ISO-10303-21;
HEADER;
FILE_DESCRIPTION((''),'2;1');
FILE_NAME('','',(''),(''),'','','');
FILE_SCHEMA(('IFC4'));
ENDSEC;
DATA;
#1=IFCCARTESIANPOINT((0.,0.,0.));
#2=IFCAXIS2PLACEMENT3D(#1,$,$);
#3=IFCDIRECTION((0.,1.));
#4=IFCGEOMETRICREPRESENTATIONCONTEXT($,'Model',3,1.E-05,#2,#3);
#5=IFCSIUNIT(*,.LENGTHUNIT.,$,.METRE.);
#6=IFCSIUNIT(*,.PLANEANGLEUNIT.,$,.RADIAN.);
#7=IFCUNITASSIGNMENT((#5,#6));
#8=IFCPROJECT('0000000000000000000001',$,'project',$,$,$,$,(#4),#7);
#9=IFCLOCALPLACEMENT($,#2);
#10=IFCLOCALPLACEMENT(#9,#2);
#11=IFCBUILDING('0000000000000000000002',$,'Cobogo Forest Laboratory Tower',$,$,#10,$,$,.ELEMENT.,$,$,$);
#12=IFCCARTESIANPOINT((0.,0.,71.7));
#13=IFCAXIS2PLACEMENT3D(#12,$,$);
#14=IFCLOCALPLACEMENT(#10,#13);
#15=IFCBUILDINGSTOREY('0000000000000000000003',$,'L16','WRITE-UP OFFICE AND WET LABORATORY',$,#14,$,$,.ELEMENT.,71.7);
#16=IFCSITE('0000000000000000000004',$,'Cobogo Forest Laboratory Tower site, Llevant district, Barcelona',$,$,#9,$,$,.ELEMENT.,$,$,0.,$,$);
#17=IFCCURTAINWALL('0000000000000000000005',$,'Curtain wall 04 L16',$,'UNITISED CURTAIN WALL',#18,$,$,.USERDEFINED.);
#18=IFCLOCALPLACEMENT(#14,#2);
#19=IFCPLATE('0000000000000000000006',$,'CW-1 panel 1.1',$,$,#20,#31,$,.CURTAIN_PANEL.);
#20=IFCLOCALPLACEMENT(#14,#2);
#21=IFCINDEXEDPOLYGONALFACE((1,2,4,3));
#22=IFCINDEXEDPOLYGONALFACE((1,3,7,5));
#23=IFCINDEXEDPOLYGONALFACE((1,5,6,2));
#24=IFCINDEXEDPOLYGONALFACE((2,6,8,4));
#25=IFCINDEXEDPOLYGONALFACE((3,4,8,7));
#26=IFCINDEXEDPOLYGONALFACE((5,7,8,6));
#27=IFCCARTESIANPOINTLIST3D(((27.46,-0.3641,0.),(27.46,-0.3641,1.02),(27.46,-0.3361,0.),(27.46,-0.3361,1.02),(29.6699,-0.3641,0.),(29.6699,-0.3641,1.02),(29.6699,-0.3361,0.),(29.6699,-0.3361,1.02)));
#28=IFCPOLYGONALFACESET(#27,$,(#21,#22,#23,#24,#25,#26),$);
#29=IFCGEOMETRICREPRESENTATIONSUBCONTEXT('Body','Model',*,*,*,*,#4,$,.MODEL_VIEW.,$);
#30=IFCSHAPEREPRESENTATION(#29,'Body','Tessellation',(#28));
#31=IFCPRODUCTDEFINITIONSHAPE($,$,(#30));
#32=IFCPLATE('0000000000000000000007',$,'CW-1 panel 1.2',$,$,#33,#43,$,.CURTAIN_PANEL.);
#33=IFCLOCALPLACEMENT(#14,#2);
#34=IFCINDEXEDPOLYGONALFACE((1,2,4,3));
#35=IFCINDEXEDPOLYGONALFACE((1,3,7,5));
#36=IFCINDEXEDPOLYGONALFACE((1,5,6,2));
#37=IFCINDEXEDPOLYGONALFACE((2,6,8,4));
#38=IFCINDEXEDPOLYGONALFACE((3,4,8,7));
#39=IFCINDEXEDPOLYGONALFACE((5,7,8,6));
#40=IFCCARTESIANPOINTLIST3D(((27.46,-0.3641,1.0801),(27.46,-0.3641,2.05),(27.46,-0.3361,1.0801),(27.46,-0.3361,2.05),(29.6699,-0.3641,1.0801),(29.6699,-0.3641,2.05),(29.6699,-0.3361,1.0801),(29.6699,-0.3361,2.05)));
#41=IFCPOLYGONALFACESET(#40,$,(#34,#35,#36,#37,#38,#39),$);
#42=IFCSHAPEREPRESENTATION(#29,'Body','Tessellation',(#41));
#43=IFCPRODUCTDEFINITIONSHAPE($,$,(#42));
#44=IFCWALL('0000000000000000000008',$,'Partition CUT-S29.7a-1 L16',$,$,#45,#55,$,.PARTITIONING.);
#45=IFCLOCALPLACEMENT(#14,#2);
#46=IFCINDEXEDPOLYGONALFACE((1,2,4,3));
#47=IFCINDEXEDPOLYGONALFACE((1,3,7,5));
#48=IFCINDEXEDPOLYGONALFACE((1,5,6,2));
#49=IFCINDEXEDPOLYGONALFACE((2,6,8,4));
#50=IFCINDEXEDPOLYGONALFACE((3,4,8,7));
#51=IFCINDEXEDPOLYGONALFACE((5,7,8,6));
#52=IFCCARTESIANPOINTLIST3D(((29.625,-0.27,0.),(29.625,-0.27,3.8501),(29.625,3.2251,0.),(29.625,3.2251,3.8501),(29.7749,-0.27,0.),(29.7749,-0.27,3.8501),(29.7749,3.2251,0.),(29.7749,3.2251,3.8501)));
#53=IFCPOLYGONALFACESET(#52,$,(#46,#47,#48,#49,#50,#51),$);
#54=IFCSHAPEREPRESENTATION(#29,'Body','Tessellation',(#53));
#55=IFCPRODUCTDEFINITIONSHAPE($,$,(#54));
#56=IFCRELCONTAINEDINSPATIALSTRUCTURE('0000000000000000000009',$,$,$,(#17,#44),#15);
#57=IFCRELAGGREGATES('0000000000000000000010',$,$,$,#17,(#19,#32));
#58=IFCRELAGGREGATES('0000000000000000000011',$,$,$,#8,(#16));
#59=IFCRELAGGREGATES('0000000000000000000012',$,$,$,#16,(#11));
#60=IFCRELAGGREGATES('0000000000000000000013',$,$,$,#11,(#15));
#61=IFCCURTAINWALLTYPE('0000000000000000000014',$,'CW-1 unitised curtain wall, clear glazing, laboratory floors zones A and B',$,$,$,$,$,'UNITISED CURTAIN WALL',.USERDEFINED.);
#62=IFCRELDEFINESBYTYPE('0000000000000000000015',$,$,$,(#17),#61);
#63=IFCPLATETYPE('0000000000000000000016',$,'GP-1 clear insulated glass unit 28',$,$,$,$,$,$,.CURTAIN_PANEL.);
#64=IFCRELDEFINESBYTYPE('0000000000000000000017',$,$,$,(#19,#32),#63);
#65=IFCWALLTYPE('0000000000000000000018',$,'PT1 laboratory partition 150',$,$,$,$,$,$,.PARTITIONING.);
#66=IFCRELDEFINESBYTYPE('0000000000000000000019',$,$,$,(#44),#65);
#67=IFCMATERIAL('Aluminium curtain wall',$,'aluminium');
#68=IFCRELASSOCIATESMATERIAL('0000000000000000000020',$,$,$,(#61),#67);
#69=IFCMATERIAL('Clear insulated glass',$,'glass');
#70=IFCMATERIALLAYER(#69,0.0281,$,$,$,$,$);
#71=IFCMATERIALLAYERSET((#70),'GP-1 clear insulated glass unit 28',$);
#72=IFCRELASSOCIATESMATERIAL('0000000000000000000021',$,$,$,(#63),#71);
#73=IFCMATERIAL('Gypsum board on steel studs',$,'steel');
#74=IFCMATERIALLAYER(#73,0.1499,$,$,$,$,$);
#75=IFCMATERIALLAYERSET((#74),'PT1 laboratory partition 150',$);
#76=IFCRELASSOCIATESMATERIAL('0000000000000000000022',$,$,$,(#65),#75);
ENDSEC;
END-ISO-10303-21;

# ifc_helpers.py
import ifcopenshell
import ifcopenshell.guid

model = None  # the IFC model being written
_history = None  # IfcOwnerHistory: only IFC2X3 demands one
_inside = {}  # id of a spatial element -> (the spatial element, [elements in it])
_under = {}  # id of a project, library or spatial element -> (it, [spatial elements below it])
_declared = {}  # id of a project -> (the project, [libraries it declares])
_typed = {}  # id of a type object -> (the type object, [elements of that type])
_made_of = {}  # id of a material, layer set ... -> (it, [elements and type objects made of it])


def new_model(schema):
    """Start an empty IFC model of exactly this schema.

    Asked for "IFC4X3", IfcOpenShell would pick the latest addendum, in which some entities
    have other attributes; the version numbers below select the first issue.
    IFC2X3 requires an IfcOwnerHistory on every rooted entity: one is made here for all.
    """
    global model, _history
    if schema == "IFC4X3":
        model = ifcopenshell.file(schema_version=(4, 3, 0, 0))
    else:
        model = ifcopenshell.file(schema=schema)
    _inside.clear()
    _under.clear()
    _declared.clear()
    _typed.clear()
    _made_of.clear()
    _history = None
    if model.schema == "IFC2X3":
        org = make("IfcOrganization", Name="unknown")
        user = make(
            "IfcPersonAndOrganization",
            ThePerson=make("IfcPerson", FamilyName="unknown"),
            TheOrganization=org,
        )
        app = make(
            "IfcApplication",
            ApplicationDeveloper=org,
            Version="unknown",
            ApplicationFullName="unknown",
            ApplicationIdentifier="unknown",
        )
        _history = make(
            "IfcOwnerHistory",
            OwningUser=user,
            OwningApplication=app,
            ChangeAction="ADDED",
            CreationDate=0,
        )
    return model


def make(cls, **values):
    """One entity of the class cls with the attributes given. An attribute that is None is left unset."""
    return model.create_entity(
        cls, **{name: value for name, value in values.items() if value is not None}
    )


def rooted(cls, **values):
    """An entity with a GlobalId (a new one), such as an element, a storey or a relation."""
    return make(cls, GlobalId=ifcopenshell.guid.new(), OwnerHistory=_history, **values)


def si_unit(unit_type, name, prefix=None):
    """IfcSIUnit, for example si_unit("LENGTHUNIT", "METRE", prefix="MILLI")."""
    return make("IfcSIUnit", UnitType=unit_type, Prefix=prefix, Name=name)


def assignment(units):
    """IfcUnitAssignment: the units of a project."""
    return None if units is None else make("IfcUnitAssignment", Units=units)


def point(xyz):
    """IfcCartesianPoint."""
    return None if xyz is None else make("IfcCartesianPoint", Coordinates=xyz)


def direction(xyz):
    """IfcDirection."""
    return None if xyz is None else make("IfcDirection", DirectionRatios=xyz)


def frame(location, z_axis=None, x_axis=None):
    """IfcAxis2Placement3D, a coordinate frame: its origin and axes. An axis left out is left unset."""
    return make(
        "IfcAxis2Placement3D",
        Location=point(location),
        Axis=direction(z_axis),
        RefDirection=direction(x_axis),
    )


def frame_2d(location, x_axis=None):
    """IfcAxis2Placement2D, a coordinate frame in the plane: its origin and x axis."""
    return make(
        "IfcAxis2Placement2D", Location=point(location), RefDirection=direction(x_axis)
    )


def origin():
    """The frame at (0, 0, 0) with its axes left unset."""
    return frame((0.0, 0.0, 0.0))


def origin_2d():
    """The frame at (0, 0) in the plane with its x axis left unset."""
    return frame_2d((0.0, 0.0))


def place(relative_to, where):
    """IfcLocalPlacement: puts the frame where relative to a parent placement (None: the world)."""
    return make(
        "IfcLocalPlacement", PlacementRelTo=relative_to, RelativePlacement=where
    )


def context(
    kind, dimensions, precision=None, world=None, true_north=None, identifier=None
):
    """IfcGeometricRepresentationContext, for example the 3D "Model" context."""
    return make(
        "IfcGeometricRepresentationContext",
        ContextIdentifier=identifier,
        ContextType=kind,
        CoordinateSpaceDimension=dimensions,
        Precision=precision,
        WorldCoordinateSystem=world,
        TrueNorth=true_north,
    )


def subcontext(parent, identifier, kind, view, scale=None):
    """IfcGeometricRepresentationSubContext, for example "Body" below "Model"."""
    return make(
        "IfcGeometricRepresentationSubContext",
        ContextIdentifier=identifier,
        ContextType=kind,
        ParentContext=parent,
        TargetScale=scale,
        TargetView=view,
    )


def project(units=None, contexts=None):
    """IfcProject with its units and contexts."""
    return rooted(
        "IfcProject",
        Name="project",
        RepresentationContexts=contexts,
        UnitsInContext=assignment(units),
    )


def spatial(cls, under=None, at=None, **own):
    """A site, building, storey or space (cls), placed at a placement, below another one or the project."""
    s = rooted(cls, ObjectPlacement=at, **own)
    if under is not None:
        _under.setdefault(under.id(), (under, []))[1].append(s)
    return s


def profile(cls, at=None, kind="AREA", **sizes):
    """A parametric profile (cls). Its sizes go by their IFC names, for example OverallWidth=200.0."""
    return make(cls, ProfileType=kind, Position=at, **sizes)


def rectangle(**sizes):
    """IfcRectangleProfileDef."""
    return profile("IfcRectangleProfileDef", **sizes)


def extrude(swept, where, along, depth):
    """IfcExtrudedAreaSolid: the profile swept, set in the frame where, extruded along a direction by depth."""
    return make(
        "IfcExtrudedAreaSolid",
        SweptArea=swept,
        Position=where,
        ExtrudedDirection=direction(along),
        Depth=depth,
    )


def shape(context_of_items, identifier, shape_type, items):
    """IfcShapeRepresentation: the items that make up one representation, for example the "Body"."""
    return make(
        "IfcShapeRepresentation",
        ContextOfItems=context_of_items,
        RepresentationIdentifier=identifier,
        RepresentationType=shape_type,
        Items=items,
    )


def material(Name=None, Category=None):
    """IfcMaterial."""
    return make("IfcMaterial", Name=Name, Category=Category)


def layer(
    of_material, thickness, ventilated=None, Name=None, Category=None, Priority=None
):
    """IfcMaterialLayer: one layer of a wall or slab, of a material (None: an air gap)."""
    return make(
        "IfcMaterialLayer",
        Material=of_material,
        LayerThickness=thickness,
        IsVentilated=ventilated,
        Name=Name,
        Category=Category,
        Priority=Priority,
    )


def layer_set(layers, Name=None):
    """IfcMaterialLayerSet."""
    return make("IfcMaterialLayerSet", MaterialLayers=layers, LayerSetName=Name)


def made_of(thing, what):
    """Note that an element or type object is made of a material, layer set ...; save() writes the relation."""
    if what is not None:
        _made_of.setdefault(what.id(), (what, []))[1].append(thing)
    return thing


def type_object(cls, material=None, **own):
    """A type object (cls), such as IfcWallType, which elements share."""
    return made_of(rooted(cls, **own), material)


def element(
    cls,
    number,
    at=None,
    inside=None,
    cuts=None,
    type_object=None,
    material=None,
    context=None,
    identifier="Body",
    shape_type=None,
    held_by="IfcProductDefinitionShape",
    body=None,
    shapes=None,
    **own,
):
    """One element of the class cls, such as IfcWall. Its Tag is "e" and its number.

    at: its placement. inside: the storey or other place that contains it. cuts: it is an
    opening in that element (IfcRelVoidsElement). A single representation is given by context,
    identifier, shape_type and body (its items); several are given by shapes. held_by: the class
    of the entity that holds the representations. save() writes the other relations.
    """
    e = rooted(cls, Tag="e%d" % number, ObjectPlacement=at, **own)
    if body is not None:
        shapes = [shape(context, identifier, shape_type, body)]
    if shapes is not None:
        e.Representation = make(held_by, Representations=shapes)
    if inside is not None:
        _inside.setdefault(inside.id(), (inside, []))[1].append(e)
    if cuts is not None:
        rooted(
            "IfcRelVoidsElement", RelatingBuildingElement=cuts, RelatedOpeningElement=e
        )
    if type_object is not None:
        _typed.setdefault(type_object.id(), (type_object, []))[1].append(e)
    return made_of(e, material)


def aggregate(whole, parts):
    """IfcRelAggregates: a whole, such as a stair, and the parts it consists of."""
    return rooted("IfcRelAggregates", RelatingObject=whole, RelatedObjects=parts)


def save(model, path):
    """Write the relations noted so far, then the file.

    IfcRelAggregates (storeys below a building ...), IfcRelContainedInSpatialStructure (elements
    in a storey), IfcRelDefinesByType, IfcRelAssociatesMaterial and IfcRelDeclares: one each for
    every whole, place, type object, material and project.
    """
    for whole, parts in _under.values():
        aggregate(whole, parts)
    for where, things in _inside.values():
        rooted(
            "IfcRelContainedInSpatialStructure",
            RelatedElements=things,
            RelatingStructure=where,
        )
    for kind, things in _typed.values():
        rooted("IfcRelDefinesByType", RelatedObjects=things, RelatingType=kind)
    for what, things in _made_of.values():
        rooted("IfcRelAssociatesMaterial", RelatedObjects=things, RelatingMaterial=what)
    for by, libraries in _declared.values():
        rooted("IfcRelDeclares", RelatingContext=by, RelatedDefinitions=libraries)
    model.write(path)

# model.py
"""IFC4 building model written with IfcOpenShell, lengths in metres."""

from ifc_helpers import new_model, si_unit, direction, frame, frame_2d, origin, origin_2d, place, context, subcontext, project, spatial, rectangle, extrude, material, layer, layer_set, type_object, element, aggregate, save


model = new_model("IFC4")

# Units and contexts
model_context = context("Model", 3, precision=1e-05, world=origin(), true_north=direction((0.0, 1.0)))
body_context = subcontext(model_context, "Body", "Model", "MODEL_VIEW")
ifc_project = project(units=[si_unit("LENGTHUNIT", "METRE"), si_unit("PLANEANGLEUNIT", "RADIAN")], contexts=[model_context])

# Site, building, storey
site_placement = place(None, origin())
site = spatial("IfcSite", under=ifc_project, at=site_placement, Name="Cobogo Forest Laboratory Tower site, Llevant district, Barcelona", CompositionType="ELEMENT", RefElevation=0.0)
building_placement = place(site_placement, origin())
building = spatial("IfcBuilding", under=site, at=building_placement, Name="Cobogo Forest Laboratory Tower", CompositionType="ELEMENT")
storey_placement = place(building_placement, frame((0.0, 0.0, 71.7)))
storey = spatial("IfcBuildingStorey", under=building, at=storey_placement, Name="L16", Description="WRITE-UP OFFICE AND WET LABORATORY", CompositionType="ELEMENT", Elevation=71.7)

# Curtain wall
ifc_material_1 = material(Name="Aluminium curtain wall", Category="aluminium")
curtain_wall_type = type_object("IfcCurtainWallType", Name="CW-1 unitised curtain wall, clear glazing, laboratory floors zones A and B", ElementType="UNITISED CURTAIN WALL", PredefinedType="USERDEFINED", material=ifc_material_1)
curtain_wall_1_placement = place(storey_placement, origin())
curtain_wall_1 = element("IfcCurtainWall", 1, at=curtain_wall_1_placement, inside=storey, type_object=curtain_wall_type, Name="Curtain wall 04 L16", ObjectType="UNITISED CURTAIN WALL", PredefinedType="USERDEFINED")

# Plates
ifc_material_2 = material(Name="Clear insulated glass", Category="glass")
ifc_layer_1 = layer(ifc_material_2, 0.0281)
ifc_layer_set_1 = layer_set([ifc_layer_1], Name="GP-1 clear insulated glass unit 28")
plate_type_1 = type_object("IfcPlateType", Name="GP-1 clear insulated glass unit 28", PredefinedType="CURTAIN_PANEL", material=ifc_layer_set_1)
plate_1_placement = place(storey_placement, frame((28.5649, -0.3501, 0.0), z_axis=(0.0, 0.0, 1.0), x_axis=(1.0, 0.0, 0.0)))
plate_1 = element("IfcPlate", 2, at=plate_1_placement, type_object=plate_type_1, Name="CW-1 panel 1.1", PredefinedType="CURTAIN_PANEL", context=body_context, shape_type="SweptSolid", body=[
    extrude(rectangle(XDim=2.21, YDim=0.0281, at=origin_2d()), origin(), (0.0, 0.0, 1.0), 1.02),
])
plate_2_placement = place(storey_placement, frame((28.5649, -0.3501, 1.0801), z_axis=(0.0, 0.0, 1.0), x_axis=(1.0, 0.0, 0.0)))
plate_2 = element("IfcPlate", 3, at=plate_2_placement, type_object=plate_type_1, Name="CW-1 panel 1.2", PredefinedType="CURTAIN_PANEL", context=body_context, shape_type="SweptSolid", body=[
    extrude(rectangle(XDim=2.21, YDim=0.0281, at=origin_2d()), origin(), (0.0, 0.0, 1.0), 0.97),
])
aggregate(curtain_wall_1, [plate_1, plate_2])

# Wall
ifc_material_3 = material(Name="Gypsum board on steel studs", Category="steel")
ifc_layer_2 = layer(ifc_material_3, 0.1499)
ifc_layer_set_2 = layer_set([ifc_layer_2], Name="PT1 laboratory partition 150")
wall_type = type_object("IfcWallType", Name="PT1 laboratory partition 150", PredefinedType="PARTITIONING", material=ifc_layer_set_2)
wall_placement = place(storey_placement, frame((29.7, -0.27, 0.0), z_axis=(0.0, 0.0, 1.0), x_axis=(0.0, 1.0, 0.0)))
element("IfcWall", 4, at=wall_placement, inside=storey, type_object=wall_type, Name="Partition CUT-S29.7a-1 L16", PredefinedType="PARTITIONING", context=body_context, shape_type="SweptSolid", body=[
    extrude(rectangle(XDim=3.4951, YDim=0.1499, at=frame_2d((1.7476, 0.0))), origin(), (0.0, 0.0, 1.0), 3.8501),
])

save(model, "model.ifc")
